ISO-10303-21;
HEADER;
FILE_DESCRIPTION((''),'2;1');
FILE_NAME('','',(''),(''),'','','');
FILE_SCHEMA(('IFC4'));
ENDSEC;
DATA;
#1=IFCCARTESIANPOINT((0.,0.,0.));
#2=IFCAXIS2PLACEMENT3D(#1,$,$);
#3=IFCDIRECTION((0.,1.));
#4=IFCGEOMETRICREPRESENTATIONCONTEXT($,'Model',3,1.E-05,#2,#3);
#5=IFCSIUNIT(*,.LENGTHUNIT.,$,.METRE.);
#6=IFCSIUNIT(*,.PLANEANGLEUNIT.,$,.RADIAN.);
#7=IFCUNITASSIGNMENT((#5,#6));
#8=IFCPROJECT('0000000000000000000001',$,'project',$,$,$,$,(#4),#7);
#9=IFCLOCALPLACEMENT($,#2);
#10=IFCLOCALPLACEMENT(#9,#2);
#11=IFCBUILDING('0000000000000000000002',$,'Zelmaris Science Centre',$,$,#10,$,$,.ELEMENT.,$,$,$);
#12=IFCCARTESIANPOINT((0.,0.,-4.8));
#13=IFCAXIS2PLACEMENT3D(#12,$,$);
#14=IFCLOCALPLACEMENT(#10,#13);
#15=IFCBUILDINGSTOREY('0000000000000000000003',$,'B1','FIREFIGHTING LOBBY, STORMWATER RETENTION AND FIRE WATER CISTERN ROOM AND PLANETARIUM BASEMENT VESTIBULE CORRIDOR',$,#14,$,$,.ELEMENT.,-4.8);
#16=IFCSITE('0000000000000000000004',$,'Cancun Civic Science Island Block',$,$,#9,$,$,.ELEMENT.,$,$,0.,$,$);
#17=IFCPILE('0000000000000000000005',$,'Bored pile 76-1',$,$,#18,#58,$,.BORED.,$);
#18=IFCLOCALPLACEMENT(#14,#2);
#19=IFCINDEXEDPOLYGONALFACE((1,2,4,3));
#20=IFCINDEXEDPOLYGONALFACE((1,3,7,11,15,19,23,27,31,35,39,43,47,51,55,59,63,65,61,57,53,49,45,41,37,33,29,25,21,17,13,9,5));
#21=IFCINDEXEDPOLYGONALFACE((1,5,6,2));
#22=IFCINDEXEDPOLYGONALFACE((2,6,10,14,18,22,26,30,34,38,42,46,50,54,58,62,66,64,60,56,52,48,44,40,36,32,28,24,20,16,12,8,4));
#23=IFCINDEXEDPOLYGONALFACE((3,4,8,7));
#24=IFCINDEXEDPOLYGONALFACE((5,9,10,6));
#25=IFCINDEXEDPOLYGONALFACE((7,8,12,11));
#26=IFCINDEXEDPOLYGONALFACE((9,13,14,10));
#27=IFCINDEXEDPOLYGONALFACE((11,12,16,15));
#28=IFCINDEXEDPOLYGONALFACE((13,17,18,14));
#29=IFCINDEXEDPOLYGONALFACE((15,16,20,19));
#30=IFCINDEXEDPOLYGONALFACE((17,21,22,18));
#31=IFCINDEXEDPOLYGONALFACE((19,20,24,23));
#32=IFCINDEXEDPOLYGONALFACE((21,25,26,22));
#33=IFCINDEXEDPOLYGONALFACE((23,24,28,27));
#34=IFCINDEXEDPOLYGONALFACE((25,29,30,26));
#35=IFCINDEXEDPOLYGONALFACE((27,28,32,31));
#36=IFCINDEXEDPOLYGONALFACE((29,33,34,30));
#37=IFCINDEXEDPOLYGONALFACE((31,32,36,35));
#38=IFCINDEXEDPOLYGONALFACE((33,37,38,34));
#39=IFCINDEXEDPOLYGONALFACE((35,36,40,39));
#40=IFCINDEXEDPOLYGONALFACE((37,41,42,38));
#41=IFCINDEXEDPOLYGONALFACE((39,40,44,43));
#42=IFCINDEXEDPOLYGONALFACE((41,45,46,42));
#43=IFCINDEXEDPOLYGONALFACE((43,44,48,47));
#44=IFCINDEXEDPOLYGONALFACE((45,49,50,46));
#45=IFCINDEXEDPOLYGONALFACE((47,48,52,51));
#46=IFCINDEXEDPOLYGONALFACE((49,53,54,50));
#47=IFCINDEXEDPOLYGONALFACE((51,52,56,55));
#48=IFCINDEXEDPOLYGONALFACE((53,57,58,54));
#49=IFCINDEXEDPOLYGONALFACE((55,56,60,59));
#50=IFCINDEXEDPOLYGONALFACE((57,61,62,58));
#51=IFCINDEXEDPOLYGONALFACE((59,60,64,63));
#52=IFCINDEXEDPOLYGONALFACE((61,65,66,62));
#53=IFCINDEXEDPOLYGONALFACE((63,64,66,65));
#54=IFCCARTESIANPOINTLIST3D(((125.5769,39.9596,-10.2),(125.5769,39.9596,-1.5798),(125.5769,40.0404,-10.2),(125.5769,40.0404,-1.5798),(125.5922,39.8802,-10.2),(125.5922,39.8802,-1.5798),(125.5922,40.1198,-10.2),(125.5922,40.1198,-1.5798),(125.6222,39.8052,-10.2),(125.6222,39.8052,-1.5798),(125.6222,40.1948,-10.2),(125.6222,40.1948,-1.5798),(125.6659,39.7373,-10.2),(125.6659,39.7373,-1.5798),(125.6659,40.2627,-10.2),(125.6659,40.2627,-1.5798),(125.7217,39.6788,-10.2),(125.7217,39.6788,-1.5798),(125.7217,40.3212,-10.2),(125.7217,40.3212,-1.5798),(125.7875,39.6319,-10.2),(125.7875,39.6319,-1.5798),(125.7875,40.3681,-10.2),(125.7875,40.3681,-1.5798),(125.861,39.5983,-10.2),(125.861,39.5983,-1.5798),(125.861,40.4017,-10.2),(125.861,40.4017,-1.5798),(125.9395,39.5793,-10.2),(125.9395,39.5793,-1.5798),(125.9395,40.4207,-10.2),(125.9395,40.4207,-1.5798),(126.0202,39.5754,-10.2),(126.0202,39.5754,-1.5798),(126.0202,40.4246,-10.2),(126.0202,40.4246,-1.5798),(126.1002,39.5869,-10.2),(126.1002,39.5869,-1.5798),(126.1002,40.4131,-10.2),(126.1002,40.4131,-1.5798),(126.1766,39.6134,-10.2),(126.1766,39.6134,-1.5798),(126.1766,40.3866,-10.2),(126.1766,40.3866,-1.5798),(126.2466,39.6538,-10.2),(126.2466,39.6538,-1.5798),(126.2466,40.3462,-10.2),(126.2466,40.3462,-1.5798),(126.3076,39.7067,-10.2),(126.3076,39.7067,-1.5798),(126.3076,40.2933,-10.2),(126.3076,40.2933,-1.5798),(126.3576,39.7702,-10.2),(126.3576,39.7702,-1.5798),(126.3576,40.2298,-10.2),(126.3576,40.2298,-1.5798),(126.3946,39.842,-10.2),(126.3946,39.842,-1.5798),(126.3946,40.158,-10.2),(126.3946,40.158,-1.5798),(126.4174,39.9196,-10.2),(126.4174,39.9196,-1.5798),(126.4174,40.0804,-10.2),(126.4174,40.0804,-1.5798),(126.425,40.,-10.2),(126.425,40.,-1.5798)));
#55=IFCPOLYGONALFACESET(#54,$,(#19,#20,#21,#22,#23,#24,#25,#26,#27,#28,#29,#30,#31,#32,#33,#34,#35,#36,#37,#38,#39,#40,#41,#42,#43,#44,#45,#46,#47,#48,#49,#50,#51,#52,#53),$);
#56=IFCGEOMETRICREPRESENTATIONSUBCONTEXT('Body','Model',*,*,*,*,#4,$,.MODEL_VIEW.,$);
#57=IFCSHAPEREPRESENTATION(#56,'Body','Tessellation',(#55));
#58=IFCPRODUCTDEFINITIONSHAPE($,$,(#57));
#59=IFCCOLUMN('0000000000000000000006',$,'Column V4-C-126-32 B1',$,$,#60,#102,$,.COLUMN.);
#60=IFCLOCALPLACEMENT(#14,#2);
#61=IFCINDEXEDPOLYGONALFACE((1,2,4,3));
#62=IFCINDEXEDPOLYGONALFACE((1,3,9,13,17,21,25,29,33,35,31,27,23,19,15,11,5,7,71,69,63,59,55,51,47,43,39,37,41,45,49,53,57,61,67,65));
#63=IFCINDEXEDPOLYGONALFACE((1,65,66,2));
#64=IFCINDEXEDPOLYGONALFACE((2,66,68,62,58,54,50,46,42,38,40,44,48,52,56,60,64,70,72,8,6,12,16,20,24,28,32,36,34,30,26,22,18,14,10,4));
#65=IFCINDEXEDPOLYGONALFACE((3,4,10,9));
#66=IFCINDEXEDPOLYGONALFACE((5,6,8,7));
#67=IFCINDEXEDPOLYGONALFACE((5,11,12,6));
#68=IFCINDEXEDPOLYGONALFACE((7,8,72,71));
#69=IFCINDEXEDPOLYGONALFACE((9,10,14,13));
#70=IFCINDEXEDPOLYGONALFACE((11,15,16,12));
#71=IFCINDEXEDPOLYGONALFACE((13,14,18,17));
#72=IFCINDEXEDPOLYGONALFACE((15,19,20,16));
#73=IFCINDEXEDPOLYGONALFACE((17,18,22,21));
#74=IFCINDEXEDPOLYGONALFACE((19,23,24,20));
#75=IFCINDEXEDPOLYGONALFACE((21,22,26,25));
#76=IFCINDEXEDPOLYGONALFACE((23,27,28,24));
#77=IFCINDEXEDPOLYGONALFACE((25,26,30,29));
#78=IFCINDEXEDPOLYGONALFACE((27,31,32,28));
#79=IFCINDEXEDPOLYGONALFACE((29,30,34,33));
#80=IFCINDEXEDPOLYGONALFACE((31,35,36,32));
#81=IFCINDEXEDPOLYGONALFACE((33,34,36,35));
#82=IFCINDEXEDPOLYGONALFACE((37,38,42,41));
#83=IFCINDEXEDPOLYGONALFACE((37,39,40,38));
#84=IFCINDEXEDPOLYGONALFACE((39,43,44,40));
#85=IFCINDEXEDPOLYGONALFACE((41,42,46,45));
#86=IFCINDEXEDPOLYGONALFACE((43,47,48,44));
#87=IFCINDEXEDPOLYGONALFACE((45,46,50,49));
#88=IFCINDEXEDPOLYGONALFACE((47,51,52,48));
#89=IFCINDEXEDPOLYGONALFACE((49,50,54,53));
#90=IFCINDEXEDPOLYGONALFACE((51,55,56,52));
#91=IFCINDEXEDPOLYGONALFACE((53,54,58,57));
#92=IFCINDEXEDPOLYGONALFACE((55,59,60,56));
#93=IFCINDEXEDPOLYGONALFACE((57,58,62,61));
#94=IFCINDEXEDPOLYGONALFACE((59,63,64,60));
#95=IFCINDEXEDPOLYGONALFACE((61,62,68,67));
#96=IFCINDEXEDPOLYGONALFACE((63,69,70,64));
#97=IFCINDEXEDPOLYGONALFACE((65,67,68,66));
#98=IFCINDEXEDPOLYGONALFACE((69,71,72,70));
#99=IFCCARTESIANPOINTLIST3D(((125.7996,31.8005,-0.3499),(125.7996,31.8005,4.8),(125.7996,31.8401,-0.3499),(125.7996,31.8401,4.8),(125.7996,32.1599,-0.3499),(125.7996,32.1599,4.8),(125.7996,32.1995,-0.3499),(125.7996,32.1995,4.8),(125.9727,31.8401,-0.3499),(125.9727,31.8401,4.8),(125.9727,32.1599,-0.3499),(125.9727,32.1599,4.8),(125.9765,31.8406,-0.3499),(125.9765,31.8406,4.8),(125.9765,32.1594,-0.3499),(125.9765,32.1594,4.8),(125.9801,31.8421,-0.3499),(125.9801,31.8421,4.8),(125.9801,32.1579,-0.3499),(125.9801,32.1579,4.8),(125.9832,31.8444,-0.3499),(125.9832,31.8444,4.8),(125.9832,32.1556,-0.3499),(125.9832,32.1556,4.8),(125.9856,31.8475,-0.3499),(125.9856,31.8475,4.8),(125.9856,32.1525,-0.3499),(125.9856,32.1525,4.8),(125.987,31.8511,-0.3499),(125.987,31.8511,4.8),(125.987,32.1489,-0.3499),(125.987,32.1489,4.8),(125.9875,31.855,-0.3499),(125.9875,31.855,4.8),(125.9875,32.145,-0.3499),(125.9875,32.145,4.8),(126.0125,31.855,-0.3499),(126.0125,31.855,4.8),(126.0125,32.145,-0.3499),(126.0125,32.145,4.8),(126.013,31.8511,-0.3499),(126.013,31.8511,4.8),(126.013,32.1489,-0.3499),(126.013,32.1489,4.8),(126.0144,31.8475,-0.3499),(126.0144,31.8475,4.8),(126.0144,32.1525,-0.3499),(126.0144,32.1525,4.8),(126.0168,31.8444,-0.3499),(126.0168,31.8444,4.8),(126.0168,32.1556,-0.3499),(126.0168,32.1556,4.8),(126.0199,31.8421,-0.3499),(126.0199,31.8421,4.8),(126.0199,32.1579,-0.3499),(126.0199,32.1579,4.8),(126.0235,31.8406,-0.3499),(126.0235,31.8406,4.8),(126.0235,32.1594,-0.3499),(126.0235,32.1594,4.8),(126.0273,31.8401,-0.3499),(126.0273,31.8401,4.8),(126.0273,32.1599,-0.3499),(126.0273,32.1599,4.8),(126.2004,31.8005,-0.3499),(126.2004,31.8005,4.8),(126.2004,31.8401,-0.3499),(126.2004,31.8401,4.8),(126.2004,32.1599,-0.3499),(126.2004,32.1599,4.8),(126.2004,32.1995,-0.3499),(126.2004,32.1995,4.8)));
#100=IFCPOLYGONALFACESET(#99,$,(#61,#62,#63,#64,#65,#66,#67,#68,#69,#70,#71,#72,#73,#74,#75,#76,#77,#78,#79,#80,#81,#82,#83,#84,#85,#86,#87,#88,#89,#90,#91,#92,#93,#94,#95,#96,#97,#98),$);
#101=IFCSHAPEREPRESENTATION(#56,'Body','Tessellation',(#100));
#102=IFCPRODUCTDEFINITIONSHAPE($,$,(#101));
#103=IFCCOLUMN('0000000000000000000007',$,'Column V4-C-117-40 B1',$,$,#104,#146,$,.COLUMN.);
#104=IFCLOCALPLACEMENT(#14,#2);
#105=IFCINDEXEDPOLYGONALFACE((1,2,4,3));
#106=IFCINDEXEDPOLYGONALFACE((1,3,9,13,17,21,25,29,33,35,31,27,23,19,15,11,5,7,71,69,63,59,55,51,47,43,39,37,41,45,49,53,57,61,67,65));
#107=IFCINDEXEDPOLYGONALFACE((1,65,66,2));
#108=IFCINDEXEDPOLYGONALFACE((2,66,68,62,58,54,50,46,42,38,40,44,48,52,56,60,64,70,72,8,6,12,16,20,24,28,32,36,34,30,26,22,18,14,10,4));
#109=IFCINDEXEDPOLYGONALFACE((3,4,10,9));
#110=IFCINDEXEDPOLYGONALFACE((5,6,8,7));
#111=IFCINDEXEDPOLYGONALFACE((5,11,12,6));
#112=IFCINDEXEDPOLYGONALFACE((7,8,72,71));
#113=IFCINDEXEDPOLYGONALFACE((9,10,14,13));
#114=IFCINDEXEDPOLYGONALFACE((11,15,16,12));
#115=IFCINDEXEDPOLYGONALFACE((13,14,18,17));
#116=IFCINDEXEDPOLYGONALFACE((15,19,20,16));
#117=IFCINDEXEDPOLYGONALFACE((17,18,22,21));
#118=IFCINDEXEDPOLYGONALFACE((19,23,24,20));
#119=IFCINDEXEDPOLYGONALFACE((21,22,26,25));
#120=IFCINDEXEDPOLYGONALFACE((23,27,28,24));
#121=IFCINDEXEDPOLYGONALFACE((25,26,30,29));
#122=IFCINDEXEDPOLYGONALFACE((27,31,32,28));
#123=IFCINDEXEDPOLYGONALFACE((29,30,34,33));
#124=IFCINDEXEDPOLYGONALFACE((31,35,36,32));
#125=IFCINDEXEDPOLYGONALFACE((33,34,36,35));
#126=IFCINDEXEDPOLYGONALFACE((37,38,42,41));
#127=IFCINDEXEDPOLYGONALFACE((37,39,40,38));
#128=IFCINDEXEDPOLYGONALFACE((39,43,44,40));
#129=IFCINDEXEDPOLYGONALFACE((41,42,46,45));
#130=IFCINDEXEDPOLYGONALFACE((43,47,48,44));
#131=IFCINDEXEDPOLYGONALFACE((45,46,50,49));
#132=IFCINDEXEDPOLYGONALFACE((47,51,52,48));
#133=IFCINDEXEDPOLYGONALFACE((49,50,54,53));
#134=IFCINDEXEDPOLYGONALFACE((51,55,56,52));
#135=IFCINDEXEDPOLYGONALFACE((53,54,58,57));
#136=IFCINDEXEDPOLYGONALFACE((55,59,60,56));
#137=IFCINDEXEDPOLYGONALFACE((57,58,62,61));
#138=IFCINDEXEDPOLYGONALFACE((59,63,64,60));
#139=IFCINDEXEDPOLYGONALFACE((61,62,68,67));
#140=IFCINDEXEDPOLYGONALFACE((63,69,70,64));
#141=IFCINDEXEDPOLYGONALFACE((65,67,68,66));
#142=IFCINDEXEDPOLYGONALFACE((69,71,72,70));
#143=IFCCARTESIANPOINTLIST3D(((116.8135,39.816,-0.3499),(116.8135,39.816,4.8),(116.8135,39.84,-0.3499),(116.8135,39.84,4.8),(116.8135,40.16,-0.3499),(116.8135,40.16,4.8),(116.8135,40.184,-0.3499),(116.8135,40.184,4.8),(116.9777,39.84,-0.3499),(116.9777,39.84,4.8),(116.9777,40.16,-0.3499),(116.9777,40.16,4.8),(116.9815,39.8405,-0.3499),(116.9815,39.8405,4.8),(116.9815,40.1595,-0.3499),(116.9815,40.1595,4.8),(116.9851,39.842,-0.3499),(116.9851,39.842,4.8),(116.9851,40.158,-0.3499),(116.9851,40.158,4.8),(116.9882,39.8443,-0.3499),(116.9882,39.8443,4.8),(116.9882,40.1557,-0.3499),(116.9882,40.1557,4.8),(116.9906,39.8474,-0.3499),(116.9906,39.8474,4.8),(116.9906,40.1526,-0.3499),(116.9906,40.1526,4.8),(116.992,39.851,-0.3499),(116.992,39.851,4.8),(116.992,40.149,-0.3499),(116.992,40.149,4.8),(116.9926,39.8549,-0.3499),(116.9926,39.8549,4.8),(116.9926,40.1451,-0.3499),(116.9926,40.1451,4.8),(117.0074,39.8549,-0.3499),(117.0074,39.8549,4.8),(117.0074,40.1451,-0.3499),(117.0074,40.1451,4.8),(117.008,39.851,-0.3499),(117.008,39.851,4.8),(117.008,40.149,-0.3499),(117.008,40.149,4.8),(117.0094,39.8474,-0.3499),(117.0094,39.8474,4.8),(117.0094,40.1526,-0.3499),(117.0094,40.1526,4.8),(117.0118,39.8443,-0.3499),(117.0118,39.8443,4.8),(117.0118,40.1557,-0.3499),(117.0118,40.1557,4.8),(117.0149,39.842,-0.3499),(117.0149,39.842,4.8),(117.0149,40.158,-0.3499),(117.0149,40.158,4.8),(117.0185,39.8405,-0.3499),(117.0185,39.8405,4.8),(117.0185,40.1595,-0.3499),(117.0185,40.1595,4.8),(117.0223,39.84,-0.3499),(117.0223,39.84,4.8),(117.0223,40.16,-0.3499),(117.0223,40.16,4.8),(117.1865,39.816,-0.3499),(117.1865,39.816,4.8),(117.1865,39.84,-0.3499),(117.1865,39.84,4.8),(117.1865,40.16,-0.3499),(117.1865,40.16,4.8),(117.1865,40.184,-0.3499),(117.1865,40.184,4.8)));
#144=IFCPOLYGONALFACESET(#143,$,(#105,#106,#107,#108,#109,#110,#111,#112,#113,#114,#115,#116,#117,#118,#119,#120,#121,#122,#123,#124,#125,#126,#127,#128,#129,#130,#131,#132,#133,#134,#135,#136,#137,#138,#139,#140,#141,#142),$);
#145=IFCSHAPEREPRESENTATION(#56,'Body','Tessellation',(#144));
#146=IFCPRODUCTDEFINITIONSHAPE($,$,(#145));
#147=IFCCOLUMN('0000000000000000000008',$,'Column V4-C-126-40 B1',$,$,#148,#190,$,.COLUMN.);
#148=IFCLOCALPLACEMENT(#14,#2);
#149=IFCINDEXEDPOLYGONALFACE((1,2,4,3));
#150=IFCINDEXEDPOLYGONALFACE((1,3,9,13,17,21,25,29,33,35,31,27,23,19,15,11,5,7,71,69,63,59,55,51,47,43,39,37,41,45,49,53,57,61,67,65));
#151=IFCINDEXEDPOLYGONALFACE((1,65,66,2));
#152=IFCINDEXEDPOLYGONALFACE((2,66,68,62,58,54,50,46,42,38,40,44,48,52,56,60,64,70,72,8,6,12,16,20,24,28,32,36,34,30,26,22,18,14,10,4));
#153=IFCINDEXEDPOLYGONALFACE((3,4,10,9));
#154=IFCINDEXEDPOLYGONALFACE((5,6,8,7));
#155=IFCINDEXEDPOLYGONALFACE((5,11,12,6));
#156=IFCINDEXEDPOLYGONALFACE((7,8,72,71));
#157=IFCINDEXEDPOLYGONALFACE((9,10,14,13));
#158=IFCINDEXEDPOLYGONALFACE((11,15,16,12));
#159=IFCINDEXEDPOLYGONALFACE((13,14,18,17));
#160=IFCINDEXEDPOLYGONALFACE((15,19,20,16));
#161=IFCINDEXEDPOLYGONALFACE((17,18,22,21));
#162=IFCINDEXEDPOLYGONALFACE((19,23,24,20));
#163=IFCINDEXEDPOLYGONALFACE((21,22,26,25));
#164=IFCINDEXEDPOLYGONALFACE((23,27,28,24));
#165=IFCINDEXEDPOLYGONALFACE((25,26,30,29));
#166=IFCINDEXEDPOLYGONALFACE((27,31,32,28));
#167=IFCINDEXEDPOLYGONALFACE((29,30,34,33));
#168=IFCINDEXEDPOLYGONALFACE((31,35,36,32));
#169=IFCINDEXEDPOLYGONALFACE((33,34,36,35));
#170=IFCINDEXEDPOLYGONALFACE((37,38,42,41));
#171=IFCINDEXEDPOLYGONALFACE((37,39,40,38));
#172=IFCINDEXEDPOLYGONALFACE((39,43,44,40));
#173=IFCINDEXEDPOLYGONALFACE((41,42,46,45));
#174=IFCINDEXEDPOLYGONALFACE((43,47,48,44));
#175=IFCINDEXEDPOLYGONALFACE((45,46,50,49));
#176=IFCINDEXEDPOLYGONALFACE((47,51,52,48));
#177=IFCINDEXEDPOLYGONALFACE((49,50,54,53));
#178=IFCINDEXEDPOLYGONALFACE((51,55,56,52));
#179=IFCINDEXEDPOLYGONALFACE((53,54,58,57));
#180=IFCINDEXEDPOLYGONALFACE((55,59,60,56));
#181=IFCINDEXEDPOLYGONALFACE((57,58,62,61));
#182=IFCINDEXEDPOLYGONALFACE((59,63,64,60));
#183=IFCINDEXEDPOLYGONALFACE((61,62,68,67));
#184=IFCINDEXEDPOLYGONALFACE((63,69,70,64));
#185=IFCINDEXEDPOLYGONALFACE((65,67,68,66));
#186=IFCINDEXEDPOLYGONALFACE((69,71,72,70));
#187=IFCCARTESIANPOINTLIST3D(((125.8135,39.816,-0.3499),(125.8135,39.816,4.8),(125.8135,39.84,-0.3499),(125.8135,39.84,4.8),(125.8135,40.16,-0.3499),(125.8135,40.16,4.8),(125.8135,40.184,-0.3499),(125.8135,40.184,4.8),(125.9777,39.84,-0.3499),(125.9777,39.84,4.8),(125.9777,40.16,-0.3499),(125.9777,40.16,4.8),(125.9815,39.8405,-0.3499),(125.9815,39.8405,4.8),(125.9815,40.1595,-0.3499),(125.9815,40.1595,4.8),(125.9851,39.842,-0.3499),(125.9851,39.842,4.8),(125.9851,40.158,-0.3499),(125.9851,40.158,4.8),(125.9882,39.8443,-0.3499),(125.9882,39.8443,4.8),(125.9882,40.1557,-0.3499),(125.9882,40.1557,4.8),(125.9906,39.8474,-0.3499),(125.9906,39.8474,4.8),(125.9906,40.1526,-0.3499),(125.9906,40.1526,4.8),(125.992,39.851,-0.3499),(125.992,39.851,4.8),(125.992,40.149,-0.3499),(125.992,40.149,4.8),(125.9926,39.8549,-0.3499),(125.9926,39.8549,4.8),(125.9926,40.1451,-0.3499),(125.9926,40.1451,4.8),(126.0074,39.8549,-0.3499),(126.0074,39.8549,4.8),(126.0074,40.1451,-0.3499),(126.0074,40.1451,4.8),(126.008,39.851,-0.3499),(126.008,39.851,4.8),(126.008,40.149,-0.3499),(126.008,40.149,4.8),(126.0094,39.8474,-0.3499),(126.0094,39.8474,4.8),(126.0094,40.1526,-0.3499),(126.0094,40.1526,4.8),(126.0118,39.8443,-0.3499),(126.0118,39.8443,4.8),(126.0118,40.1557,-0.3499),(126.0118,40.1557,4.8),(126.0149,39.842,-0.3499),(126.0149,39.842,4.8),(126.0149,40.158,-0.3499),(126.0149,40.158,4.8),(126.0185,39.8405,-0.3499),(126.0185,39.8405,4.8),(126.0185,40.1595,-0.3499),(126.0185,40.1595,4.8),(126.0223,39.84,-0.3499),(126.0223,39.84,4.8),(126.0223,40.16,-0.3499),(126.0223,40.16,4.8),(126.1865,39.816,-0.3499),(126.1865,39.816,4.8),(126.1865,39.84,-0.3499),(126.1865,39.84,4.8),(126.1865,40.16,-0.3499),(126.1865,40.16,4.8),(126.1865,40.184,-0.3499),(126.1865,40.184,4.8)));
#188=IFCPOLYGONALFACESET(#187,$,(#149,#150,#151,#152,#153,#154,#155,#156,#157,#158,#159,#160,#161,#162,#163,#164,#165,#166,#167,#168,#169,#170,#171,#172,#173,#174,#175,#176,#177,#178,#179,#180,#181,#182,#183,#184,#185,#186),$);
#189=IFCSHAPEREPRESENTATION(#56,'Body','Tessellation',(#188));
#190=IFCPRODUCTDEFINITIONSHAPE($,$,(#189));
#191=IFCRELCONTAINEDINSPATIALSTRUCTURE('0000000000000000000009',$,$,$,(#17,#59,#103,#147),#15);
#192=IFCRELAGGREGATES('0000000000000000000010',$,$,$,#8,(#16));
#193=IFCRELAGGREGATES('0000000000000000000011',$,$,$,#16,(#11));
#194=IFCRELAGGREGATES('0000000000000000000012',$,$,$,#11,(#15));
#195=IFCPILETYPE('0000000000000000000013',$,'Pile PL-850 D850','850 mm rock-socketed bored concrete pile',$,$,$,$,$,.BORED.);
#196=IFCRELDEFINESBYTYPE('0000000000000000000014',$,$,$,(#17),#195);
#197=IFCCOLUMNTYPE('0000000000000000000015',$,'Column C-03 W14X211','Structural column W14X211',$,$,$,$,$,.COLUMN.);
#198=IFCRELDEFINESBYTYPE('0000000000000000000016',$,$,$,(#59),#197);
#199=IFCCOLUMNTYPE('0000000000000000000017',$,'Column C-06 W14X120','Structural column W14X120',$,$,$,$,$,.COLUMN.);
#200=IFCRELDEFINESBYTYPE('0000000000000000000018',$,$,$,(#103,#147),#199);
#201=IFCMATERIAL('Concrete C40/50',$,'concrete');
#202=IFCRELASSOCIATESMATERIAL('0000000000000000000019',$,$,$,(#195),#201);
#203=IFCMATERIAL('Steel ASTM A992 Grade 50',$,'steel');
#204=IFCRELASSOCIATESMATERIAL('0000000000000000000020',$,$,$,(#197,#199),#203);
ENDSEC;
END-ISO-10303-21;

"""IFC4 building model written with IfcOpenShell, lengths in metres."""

from ifc_helpers import new_model, si_unit, direction, frame, origin, origin_2d, place, context, subcontext, project, spatial, circle, i_section, extrude, material, material_profile, profile_set, type_object, element, save


model = new_model("IFC4")

# Units and contexts
model_context = context("Model", 3, precision=1e-05, world=origin(), true_north=direction((0.0, 1.0)))
body_context = subcontext(model_context, "Body", "Model", "MODEL_VIEW")
ifc_project = project(units=[si_unit("LENGTHUNIT", "METRE"), si_unit("PLANEANGLEUNIT", "RADIAN")], contexts=[model_context])

# Site, building, storey
site_placement = place(None, origin())
site = spatial("IfcSite", under=ifc_project, at=site_placement, Name="Cancun Civic Science Island Block", CompositionType="ELEMENT", RefElevation=0.0)
building_placement = place(site_placement, origin())
building = spatial("IfcBuilding", under=site, at=building_placement, Name="Zelmaris Science Centre", CompositionType="ELEMENT")
storey_placement = place(building_placement, frame((0.0, 0.0, -4.8)))
storey = spatial("IfcBuildingStorey", under=building, at=storey_placement, Name="B1", Description="FIREFIGHTING LOBBY, STORMWATER RETENTION AND FIRE WATER CISTERN ROOM AND PLANETARIUM BASEMENT VESTIBULE CORRIDOR", CompositionType="ELEMENT", Elevation=-4.8)

# Shared definitions
ifc_material_1 = material(Name="Concrete C40/50", Category="concrete")

# Pile
ifc_material_profile_1 = material_profile(ifc_material_1, circle(Radius=0.425, at=origin_2d()), Name="PILE-850")
ifc_profile_set_1 = profile_set([ifc_material_profile_1], Name="Concrete C40/50")
pile_type_1 = type_object("IfcPileType", Name="Pile PL-850 D850", Description="850 mm rock-socketed bored concrete pile", PredefinedType="BORED", material=ifc_profile_set_1)
pile_1_placement = place(storey_placement, frame((126.0, 40.0, -1.5798), z_axis=(0.0, 0.0, -1.0), x_axis=(1.0, 0.0, 0.0)))
element("IfcPile", 1, at=pile_1_placement, inside=storey, type_object=pile_type_1, Name="Bored pile 76-1", PredefinedType="BORED", context=body_context, shape_type="SweptSolid", body=[
    extrude(circle(Radius=0.425, at=origin_2d()), origin(), (0.0, 0.0, 1.0), 8.6201),
])

# Columns
ifc_material_2 = material(Name="Steel ASTM A992 Grade 50", Category="steel")
ifc_material_profile_2 = material_profile(ifc_material_2, i_section(OverallWidth=0.4009, OverallDepth=0.3989, WebThickness=0.0249, FlangeThickness=0.0396, FilletRadius=0.0149, at=origin_2d()), Name="W14X211")
ifc_profile_set_2 = profile_set([ifc_material_profile_2], Name="Steel ASTM A992 Grade 50")
column_type_1 = type_object("IfcColumnType", Name="Column C-03 W14X211", Description="Structural column W14X211", PredefinedType="COLUMN", material=ifc_profile_set_2)
column_placement = place(storey_placement, frame((126.0, 32.0, -0.3499), z_axis=(0.0, 0.0, 1.0), x_axis=(1.0, 0.0, 0.0)))
element("IfcColumn", 2, at=column_placement, inside=storey, type_object=column_type_1, Name="Column V4-C-126-32 B1", PredefinedType="COLUMN", context=body_context, shape_type="SweptSolid", body=[
    extrude(i_section(OverallWidth=0.4009, OverallDepth=0.3989, WebThickness=0.0249, FlangeThickness=0.0396, FilletRadius=0.0149, at=origin_2d()), origin(), (0.0, 0.0, 1.0), 5.1499),
])
ifc_material_profile_3 = material_profile(ifc_material_2, i_section(OverallWidth=0.373, OverallDepth=0.3679, WebThickness=0.0149, FlangeThickness=0.0239, FilletRadius=0.0149, at=origin_2d()), Name="W14X120")
ifc_profile_set_3 = profile_set([ifc_material_profile_3], Name="Steel ASTM A992 Grade 50")
column_type_2 = type_object("IfcColumnType", Name="Column C-06 W14X120", Description="Structural column W14X120", PredefinedType="COLUMN", material=ifc_profile_set_3)
for number, where, z_axis, x_axis, name in (
    (3, (117.0, 40.0, -0.3499), (0.0, 0.0, 1.0), (1.0, 0.0, 0.0), "Column V4-C-117-40 B1"),
    (4, (126.0, 40.0, -0.3499), (0.0, 0.0, 1.0), (1.0, 0.0, 0.0), "Column V4-C-126-40 B1"),
):
    element("IfcColumn", number, at=place(storey_placement, frame(where, z_axis=z_axis, x_axis=x_axis)), inside=storey, type_object=column_type_2, Name=name, PredefinedType="COLUMN", context=body_context, shape_type="SweptSolid", body=[
        extrude(i_section(OverallWidth=0.373, OverallDepth=0.3679, WebThickness=0.0149, FlangeThickness=0.0239, FilletRadius=0.0149, at=origin_2d()), origin(), (0.0, 0.0, 1.0), 5.1499),
    ])

save(model, "model.ifc")
